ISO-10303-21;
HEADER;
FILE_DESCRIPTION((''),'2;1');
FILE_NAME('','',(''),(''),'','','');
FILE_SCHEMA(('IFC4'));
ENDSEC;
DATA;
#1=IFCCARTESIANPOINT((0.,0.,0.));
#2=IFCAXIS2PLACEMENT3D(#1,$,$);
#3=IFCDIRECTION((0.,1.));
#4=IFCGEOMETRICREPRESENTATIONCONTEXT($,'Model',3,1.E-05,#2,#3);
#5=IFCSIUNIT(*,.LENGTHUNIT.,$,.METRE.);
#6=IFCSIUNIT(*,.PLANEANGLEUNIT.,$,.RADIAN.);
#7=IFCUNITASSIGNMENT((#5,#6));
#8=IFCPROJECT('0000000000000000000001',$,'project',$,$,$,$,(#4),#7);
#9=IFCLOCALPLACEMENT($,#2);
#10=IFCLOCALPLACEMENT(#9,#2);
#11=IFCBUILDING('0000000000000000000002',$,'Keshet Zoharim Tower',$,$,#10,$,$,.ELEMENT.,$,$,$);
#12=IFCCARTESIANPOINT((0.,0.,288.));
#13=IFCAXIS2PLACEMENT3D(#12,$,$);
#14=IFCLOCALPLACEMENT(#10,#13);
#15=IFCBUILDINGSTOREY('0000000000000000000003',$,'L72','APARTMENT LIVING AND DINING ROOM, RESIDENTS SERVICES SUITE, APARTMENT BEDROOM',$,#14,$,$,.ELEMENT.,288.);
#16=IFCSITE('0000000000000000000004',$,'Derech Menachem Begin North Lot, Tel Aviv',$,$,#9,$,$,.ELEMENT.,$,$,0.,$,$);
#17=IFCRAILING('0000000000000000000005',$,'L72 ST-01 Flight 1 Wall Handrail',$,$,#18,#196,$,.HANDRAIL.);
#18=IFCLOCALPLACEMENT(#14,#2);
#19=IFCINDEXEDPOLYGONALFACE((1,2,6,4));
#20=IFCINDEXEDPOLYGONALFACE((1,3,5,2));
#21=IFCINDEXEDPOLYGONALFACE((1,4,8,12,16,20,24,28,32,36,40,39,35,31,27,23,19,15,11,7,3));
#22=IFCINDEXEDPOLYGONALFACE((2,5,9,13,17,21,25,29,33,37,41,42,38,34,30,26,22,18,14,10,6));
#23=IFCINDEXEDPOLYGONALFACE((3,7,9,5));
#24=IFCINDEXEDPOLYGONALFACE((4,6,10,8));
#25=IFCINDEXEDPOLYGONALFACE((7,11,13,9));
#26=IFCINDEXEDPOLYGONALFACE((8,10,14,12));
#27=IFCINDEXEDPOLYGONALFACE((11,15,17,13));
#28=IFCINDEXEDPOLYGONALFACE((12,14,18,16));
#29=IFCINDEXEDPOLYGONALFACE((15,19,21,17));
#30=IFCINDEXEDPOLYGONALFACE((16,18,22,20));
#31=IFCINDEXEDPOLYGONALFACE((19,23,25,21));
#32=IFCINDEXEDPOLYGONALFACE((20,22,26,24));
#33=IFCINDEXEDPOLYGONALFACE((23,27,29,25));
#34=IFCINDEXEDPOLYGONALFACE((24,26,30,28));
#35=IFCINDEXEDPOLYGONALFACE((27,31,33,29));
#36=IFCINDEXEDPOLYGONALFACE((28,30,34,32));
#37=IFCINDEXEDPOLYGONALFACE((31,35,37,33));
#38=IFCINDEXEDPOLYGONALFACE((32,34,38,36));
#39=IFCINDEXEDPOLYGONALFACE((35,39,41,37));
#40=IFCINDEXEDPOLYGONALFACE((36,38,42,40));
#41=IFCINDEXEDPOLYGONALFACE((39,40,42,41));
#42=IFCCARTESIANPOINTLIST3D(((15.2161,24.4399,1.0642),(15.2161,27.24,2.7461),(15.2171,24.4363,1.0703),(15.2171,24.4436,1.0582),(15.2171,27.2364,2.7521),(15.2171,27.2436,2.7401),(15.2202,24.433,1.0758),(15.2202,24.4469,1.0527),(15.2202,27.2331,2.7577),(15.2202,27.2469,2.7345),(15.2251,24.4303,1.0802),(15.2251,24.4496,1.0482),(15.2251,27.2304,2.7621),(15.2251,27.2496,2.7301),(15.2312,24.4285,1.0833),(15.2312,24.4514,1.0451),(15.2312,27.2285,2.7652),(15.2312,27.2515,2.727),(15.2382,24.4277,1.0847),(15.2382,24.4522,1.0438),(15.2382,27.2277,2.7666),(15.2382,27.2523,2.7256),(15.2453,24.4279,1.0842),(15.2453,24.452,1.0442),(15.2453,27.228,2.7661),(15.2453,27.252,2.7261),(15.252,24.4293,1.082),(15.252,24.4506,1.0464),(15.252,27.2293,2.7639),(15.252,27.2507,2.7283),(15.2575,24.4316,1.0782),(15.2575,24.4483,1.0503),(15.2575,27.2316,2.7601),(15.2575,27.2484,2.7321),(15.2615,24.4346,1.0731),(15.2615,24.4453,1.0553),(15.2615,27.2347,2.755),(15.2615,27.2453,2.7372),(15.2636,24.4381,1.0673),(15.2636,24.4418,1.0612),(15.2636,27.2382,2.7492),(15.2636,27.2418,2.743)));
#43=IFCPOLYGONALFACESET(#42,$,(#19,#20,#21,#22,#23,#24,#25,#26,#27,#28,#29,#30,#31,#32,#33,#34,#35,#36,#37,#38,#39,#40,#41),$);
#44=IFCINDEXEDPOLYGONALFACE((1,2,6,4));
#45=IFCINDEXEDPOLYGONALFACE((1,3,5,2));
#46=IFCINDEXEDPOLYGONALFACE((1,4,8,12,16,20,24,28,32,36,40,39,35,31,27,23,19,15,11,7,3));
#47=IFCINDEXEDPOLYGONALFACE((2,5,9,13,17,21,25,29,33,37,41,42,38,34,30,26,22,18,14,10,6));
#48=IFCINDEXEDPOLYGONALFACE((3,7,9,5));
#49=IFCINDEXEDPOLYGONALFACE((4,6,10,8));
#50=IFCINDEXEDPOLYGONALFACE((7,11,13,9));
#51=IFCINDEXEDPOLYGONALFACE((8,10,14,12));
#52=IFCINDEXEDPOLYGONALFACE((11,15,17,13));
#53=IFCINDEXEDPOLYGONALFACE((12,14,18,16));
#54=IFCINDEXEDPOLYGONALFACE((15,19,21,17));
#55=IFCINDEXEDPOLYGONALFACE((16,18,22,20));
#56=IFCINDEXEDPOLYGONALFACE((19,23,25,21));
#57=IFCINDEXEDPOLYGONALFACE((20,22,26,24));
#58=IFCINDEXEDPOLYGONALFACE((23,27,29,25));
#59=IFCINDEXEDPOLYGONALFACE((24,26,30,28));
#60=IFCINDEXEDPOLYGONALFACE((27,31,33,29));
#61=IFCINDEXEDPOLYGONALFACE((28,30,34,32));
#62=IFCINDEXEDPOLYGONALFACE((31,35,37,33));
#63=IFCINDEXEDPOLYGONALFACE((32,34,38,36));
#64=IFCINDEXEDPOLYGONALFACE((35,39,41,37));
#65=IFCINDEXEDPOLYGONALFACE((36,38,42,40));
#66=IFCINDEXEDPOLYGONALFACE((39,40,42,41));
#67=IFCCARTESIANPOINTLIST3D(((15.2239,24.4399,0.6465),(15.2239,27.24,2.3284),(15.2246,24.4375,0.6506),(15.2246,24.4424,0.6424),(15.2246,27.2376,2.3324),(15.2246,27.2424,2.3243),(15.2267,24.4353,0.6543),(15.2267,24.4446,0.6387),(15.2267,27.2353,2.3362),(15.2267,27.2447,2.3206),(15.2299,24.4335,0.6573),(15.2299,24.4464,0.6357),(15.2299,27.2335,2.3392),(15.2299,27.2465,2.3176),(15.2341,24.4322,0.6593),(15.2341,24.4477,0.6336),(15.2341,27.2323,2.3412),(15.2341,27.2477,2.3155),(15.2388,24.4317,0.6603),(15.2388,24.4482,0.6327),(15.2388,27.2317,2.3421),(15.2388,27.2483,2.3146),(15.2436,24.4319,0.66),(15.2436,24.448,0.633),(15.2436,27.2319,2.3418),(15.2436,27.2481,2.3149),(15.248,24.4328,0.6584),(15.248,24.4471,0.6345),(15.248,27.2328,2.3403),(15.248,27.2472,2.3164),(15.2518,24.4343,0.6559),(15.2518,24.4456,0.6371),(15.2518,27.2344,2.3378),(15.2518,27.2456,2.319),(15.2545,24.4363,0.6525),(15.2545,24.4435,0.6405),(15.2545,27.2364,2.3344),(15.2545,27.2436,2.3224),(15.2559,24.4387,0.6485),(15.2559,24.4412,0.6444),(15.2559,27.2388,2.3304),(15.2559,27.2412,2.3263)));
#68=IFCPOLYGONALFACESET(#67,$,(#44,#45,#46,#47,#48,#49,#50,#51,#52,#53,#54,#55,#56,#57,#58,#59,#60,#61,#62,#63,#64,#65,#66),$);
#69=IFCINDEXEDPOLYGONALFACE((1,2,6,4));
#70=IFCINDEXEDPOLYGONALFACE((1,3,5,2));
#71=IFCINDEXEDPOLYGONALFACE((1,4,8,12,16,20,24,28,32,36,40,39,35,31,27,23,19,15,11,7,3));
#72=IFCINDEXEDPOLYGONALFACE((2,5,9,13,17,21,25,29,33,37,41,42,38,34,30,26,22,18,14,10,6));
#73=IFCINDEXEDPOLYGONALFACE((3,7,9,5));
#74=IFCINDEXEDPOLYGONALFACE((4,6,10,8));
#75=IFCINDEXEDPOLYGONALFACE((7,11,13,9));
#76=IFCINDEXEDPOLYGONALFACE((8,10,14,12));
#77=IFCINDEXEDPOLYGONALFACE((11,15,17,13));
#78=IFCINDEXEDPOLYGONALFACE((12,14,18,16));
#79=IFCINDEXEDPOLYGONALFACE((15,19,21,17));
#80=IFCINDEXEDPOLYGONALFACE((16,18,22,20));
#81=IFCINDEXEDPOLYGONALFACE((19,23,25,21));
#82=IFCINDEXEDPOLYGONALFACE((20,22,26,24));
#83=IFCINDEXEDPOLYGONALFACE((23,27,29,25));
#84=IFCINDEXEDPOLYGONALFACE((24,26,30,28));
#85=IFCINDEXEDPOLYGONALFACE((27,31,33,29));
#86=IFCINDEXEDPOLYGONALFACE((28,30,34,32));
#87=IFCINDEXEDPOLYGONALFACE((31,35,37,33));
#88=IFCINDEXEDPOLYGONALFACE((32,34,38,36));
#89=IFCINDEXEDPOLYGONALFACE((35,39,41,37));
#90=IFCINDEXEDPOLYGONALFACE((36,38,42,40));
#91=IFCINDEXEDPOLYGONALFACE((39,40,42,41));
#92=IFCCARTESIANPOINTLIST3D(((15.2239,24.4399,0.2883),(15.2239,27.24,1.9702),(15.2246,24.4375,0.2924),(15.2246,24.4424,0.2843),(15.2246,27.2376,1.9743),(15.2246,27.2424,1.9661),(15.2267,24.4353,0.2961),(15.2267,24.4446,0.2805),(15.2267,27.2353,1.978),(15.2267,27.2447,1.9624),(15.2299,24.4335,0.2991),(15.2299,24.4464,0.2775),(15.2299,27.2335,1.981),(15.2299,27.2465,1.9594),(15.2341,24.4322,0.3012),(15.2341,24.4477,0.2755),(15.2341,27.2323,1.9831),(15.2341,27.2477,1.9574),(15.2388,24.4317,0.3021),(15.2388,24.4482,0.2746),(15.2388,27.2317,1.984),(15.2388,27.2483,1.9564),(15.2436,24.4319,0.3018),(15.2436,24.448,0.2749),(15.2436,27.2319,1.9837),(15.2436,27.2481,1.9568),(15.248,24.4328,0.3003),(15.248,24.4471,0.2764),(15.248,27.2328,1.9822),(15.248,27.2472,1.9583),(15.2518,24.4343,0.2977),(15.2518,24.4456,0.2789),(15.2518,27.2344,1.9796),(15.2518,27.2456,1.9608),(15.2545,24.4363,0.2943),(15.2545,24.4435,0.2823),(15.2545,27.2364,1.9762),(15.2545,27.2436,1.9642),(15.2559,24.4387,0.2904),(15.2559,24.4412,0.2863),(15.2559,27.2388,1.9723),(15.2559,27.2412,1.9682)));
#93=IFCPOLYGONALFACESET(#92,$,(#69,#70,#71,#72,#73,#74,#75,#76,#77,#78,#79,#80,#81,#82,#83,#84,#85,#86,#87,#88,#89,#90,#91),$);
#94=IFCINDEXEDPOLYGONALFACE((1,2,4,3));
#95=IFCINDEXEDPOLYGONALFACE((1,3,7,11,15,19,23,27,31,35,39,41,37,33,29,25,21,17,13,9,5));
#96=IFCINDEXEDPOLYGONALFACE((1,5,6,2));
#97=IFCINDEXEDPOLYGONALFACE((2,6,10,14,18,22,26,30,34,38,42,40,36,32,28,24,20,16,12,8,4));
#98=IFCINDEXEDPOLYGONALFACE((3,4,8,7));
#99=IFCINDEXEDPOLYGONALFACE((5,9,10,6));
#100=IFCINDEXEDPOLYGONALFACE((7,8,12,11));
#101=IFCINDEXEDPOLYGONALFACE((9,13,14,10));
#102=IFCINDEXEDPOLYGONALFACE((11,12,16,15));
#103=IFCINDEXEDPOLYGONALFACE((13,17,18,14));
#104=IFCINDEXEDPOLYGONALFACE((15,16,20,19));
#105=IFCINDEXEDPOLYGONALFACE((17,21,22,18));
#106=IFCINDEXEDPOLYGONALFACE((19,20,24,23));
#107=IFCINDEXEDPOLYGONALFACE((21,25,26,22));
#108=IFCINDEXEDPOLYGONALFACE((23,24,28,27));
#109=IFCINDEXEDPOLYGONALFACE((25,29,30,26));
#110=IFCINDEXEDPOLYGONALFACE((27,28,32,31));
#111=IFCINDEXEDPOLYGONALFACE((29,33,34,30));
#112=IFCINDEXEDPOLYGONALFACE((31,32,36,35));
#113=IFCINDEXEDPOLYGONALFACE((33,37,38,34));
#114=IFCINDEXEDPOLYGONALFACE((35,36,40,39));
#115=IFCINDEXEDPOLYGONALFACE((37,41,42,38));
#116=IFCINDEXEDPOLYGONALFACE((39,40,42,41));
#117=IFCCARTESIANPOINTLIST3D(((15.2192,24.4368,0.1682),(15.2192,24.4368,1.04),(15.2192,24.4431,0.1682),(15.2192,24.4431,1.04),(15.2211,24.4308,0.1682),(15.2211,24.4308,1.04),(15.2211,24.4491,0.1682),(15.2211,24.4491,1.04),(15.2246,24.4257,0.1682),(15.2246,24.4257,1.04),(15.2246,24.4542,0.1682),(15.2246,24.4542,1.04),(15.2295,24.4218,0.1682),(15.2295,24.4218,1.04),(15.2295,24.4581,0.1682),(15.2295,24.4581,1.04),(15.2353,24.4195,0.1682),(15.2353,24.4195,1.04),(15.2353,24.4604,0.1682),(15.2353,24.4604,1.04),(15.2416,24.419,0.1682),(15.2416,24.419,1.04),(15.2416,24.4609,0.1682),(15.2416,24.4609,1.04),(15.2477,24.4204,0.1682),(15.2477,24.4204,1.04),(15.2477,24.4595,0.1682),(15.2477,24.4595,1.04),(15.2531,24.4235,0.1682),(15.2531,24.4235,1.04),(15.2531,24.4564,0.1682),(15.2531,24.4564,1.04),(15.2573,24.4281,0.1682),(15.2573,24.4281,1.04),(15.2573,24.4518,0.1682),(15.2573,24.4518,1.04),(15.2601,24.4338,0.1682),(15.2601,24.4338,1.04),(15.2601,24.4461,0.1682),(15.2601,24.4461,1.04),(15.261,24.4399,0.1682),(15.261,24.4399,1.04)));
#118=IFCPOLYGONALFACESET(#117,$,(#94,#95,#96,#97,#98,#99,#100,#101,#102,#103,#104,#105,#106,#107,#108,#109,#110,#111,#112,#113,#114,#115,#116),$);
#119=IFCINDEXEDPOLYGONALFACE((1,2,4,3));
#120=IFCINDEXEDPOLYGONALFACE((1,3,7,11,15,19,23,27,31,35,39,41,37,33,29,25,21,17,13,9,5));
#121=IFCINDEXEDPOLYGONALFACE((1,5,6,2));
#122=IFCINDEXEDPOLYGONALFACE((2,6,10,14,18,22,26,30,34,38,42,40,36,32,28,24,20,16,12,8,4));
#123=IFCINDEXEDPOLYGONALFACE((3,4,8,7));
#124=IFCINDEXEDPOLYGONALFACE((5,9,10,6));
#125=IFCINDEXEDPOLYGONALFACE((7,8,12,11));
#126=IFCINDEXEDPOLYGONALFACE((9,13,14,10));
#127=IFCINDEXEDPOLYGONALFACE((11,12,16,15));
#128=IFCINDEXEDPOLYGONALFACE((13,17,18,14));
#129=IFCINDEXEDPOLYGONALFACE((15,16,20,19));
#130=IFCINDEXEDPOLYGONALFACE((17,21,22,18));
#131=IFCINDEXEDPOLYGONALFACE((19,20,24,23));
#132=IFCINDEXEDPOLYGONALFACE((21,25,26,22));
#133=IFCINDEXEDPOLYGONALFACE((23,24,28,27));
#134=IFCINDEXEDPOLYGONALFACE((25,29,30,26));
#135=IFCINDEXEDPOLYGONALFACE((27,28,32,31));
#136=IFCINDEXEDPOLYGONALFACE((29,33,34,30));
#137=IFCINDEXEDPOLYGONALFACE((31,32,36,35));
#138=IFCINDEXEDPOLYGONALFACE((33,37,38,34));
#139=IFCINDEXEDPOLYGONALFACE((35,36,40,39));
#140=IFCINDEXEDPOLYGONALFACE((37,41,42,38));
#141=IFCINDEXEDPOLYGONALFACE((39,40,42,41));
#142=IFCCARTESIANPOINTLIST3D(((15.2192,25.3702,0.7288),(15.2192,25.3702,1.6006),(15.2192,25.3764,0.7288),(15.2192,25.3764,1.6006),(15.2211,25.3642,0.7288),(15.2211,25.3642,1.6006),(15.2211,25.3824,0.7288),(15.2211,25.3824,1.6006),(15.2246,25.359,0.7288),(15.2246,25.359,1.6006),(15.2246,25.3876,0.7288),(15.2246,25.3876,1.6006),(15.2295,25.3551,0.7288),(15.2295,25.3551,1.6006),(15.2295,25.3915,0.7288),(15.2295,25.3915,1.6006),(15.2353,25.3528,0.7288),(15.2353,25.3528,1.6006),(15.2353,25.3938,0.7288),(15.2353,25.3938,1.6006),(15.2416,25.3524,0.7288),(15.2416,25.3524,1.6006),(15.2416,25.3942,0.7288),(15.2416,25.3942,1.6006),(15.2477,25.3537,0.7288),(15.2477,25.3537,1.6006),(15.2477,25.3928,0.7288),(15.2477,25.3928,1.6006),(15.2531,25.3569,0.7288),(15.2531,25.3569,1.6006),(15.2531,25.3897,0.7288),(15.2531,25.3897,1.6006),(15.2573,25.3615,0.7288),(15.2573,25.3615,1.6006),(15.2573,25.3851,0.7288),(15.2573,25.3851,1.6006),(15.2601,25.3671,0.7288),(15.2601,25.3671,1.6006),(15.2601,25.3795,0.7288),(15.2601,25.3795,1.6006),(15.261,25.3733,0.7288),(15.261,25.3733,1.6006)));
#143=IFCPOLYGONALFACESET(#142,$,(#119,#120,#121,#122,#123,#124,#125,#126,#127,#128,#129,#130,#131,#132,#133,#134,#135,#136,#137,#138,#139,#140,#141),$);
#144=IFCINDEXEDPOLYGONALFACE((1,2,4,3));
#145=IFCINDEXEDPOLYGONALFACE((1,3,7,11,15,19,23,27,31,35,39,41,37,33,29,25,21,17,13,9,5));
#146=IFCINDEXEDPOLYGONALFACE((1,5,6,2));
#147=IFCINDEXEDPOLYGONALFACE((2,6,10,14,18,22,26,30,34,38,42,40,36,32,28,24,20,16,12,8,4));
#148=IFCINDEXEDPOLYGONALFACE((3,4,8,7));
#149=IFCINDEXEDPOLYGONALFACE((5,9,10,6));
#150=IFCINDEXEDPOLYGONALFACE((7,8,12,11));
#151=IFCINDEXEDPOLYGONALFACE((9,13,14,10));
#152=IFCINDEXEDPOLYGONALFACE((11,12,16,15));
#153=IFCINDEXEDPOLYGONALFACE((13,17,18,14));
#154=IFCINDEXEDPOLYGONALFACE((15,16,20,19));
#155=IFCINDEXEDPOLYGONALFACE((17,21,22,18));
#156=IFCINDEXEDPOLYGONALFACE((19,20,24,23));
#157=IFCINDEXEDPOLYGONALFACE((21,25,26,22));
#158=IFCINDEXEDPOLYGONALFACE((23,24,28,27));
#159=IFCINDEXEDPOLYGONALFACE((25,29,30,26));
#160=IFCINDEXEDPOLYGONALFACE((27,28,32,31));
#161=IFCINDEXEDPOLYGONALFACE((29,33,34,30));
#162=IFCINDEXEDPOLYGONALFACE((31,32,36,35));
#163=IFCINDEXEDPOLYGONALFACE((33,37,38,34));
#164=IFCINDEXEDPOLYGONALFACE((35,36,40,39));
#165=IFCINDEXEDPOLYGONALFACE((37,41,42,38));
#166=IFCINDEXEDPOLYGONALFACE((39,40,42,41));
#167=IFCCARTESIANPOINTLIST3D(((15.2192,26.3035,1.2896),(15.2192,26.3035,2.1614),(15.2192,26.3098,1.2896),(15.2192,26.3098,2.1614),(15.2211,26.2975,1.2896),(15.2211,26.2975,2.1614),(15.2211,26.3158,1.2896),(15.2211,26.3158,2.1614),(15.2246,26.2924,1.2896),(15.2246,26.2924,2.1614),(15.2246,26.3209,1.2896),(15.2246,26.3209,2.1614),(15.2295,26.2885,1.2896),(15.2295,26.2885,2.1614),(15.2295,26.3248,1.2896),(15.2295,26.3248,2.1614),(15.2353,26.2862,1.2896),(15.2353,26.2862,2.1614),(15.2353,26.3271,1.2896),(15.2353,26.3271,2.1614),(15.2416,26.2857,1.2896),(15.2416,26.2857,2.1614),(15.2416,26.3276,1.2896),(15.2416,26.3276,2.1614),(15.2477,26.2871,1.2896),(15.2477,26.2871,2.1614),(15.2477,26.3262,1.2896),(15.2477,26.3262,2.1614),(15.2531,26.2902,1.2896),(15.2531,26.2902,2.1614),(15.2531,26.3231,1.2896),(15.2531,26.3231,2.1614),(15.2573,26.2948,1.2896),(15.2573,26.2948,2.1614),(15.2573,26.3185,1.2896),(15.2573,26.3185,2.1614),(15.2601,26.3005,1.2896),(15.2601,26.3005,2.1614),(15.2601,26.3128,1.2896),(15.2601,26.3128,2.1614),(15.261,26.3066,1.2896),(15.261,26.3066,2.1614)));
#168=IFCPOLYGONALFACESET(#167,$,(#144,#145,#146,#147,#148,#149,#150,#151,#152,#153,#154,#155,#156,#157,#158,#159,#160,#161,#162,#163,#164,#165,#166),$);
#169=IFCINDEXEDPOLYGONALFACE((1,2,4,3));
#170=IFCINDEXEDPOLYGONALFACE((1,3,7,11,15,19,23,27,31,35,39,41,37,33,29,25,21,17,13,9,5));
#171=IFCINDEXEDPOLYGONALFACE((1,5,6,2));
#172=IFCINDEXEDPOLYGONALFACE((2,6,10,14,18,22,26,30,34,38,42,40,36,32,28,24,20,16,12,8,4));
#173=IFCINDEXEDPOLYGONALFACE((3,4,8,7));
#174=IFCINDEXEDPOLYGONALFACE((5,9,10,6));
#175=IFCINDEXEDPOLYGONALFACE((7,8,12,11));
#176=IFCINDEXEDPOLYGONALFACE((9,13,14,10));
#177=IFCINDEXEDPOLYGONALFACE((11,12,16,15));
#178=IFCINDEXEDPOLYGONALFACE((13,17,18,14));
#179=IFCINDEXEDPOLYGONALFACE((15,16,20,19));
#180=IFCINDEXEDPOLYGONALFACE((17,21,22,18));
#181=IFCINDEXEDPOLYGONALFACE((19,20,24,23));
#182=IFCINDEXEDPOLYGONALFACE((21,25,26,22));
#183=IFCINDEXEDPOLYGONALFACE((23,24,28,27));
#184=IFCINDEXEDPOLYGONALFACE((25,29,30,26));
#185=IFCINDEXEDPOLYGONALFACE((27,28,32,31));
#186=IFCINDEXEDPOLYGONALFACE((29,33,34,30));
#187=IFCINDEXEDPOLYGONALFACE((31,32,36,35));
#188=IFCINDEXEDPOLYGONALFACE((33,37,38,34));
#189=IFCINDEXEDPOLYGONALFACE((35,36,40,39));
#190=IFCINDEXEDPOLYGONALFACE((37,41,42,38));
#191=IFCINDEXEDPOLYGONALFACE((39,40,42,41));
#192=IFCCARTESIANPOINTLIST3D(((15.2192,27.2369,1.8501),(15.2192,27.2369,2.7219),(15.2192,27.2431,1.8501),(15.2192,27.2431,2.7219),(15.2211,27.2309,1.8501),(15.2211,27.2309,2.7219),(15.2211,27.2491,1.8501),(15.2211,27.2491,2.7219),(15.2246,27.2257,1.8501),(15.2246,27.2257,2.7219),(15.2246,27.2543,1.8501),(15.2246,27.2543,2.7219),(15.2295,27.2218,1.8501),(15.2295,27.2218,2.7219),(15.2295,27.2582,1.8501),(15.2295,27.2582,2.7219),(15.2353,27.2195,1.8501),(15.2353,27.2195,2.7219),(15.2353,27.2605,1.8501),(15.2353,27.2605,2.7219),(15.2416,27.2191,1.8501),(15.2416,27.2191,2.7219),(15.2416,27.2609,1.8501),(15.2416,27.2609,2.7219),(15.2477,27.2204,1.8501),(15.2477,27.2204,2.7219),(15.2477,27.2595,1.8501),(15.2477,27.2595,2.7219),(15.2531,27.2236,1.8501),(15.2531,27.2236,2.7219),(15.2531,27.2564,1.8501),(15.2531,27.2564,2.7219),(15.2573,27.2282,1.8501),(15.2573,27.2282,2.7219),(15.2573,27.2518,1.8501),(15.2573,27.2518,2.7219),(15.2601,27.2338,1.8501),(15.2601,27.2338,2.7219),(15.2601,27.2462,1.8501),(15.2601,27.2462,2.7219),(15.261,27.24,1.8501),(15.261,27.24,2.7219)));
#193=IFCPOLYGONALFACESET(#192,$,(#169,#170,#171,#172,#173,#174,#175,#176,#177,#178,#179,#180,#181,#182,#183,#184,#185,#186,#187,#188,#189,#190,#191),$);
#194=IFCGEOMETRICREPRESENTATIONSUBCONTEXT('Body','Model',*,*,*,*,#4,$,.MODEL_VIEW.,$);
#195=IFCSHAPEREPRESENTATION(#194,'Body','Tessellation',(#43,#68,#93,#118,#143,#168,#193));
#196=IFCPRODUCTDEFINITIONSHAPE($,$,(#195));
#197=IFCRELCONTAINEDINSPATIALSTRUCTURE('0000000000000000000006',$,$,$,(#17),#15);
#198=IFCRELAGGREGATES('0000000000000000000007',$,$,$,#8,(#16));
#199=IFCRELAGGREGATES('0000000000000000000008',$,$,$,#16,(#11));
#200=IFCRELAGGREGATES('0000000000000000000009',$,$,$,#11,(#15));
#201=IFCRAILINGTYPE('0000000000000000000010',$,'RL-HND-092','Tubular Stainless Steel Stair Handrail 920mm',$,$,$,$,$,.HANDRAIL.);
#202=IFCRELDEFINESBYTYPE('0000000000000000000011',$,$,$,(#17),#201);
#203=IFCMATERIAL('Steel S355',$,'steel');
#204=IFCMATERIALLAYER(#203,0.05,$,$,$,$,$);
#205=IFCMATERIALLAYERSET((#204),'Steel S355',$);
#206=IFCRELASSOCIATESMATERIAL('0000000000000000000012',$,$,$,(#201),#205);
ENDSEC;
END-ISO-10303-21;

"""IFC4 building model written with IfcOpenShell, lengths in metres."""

from ifc_helpers import new_model, si_unit, direction, frame, origin, origin_2d, place, context, subcontext, project, spatial, circle, extrude, material, layer, layer_set, type_object, element, save


model = new_model("IFC4")

# Units and contexts
model_context = context("Model", 3, precision=1e-05, world=origin(), true_north=direction((0.0, 1.0)))
body_context = subcontext(model_context, "Body", "Model", "MODEL_VIEW")
ifc_project = project(units=[si_unit("LENGTHUNIT", "METRE"), si_unit("PLANEANGLEUNIT", "RADIAN")], contexts=[model_context])

# Site, building, storey
site_placement = place(None, origin())
site = spatial("IfcSite", under=ifc_project, at=site_placement, Name="Derech Menachem Begin North Lot, Tel Aviv", CompositionType="ELEMENT", RefElevation=0.0)
building_placement = place(site_placement, origin())
building = spatial("IfcBuilding", under=site, at=building_placement, Name="Keshet Zoharim Tower", CompositionType="ELEMENT")
storey_placement = place(building_placement, frame((0.0, 0.0, 288.0)))
storey = spatial("IfcBuildingStorey", under=building, at=storey_placement, Name="L72", Description="APARTMENT LIVING AND DINING ROOM, RESIDENTS SERVICES SUITE, APARTMENT BEDROOM", CompositionType="ELEMENT", Elevation=288.0)

# Shared definitions
ifc_material_1 = material(Name="Steel S355", Category="steel")

# Railing
ifc_layer_1 = layer(ifc_material_1, 0.05)
ifc_layer_set_1 = layer_set([ifc_layer_1], Name="Steel S355")
railing_type_1 = type_object("IfcRailingType", Name="RL-HND-092", Description="Tubular Stainless Steel Stair Handrail 920mm", PredefinedType="HANDRAIL", material=ifc_layer_set_1)
railing_1_placement = place(storey_placement, frame((15.24, 24.4399, 0.1682)))
element("IfcRailing", 1, at=railing_1_placement, inside=storey, type_object=railing_type_1, Name="L72 ST-01 Flight 1 Wall Handrail", PredefinedType="HANDRAIL", context=body_context, shape_type="SweptSolid", body=[
    extrude(circle(Radius=0.0239, at=origin_2d()), frame((0.0, 0.0, 0.896), z_axis=(0.0, 0.857242, 0.514913), x_axis=(-1.0, 0.0, 0.0)), (0.0, 0.0, 1.0), 3.2664),
    extrude(circle(Radius=0.0161, at=origin_2d()), frame((0.0, 0.0, 0.4783), z_axis=(0.0, 0.857242, 0.514913), x_axis=(-1.0, 0.0, 0.0)), (0.0, 0.0, 1.0), 3.2664),
    extrude(circle(Radius=0.0161, at=origin_2d()), frame((0.0, 0.0, 0.1201), z_axis=(0.0, 0.857242, 0.514913), x_axis=(-1.0, 0.0, 0.0)), (0.0, 0.0, 1.0), 3.2664),
    extrude(circle(Radius=0.021, at=origin_2d()), origin(), (0.0, 0.0, 1.0), 0.8718),
    extrude(circle(Radius=0.021, at=origin_2d()), frame((0.0, 0.9333, 0.5605)), (0.0, 0.0, 1.0), 0.8718),
    extrude(circle(Radius=0.021, at=origin_2d()), frame((0.0, 1.8667, 1.1213)), (0.0, 0.0, 1.0), 0.8718),
    extrude(circle(Radius=0.021, at=origin_2d()), frame((0.0, 2.8, 1.6819)), (0.0, 0.0, 1.0), 0.8718),
])

save(model, "model.ifc")
